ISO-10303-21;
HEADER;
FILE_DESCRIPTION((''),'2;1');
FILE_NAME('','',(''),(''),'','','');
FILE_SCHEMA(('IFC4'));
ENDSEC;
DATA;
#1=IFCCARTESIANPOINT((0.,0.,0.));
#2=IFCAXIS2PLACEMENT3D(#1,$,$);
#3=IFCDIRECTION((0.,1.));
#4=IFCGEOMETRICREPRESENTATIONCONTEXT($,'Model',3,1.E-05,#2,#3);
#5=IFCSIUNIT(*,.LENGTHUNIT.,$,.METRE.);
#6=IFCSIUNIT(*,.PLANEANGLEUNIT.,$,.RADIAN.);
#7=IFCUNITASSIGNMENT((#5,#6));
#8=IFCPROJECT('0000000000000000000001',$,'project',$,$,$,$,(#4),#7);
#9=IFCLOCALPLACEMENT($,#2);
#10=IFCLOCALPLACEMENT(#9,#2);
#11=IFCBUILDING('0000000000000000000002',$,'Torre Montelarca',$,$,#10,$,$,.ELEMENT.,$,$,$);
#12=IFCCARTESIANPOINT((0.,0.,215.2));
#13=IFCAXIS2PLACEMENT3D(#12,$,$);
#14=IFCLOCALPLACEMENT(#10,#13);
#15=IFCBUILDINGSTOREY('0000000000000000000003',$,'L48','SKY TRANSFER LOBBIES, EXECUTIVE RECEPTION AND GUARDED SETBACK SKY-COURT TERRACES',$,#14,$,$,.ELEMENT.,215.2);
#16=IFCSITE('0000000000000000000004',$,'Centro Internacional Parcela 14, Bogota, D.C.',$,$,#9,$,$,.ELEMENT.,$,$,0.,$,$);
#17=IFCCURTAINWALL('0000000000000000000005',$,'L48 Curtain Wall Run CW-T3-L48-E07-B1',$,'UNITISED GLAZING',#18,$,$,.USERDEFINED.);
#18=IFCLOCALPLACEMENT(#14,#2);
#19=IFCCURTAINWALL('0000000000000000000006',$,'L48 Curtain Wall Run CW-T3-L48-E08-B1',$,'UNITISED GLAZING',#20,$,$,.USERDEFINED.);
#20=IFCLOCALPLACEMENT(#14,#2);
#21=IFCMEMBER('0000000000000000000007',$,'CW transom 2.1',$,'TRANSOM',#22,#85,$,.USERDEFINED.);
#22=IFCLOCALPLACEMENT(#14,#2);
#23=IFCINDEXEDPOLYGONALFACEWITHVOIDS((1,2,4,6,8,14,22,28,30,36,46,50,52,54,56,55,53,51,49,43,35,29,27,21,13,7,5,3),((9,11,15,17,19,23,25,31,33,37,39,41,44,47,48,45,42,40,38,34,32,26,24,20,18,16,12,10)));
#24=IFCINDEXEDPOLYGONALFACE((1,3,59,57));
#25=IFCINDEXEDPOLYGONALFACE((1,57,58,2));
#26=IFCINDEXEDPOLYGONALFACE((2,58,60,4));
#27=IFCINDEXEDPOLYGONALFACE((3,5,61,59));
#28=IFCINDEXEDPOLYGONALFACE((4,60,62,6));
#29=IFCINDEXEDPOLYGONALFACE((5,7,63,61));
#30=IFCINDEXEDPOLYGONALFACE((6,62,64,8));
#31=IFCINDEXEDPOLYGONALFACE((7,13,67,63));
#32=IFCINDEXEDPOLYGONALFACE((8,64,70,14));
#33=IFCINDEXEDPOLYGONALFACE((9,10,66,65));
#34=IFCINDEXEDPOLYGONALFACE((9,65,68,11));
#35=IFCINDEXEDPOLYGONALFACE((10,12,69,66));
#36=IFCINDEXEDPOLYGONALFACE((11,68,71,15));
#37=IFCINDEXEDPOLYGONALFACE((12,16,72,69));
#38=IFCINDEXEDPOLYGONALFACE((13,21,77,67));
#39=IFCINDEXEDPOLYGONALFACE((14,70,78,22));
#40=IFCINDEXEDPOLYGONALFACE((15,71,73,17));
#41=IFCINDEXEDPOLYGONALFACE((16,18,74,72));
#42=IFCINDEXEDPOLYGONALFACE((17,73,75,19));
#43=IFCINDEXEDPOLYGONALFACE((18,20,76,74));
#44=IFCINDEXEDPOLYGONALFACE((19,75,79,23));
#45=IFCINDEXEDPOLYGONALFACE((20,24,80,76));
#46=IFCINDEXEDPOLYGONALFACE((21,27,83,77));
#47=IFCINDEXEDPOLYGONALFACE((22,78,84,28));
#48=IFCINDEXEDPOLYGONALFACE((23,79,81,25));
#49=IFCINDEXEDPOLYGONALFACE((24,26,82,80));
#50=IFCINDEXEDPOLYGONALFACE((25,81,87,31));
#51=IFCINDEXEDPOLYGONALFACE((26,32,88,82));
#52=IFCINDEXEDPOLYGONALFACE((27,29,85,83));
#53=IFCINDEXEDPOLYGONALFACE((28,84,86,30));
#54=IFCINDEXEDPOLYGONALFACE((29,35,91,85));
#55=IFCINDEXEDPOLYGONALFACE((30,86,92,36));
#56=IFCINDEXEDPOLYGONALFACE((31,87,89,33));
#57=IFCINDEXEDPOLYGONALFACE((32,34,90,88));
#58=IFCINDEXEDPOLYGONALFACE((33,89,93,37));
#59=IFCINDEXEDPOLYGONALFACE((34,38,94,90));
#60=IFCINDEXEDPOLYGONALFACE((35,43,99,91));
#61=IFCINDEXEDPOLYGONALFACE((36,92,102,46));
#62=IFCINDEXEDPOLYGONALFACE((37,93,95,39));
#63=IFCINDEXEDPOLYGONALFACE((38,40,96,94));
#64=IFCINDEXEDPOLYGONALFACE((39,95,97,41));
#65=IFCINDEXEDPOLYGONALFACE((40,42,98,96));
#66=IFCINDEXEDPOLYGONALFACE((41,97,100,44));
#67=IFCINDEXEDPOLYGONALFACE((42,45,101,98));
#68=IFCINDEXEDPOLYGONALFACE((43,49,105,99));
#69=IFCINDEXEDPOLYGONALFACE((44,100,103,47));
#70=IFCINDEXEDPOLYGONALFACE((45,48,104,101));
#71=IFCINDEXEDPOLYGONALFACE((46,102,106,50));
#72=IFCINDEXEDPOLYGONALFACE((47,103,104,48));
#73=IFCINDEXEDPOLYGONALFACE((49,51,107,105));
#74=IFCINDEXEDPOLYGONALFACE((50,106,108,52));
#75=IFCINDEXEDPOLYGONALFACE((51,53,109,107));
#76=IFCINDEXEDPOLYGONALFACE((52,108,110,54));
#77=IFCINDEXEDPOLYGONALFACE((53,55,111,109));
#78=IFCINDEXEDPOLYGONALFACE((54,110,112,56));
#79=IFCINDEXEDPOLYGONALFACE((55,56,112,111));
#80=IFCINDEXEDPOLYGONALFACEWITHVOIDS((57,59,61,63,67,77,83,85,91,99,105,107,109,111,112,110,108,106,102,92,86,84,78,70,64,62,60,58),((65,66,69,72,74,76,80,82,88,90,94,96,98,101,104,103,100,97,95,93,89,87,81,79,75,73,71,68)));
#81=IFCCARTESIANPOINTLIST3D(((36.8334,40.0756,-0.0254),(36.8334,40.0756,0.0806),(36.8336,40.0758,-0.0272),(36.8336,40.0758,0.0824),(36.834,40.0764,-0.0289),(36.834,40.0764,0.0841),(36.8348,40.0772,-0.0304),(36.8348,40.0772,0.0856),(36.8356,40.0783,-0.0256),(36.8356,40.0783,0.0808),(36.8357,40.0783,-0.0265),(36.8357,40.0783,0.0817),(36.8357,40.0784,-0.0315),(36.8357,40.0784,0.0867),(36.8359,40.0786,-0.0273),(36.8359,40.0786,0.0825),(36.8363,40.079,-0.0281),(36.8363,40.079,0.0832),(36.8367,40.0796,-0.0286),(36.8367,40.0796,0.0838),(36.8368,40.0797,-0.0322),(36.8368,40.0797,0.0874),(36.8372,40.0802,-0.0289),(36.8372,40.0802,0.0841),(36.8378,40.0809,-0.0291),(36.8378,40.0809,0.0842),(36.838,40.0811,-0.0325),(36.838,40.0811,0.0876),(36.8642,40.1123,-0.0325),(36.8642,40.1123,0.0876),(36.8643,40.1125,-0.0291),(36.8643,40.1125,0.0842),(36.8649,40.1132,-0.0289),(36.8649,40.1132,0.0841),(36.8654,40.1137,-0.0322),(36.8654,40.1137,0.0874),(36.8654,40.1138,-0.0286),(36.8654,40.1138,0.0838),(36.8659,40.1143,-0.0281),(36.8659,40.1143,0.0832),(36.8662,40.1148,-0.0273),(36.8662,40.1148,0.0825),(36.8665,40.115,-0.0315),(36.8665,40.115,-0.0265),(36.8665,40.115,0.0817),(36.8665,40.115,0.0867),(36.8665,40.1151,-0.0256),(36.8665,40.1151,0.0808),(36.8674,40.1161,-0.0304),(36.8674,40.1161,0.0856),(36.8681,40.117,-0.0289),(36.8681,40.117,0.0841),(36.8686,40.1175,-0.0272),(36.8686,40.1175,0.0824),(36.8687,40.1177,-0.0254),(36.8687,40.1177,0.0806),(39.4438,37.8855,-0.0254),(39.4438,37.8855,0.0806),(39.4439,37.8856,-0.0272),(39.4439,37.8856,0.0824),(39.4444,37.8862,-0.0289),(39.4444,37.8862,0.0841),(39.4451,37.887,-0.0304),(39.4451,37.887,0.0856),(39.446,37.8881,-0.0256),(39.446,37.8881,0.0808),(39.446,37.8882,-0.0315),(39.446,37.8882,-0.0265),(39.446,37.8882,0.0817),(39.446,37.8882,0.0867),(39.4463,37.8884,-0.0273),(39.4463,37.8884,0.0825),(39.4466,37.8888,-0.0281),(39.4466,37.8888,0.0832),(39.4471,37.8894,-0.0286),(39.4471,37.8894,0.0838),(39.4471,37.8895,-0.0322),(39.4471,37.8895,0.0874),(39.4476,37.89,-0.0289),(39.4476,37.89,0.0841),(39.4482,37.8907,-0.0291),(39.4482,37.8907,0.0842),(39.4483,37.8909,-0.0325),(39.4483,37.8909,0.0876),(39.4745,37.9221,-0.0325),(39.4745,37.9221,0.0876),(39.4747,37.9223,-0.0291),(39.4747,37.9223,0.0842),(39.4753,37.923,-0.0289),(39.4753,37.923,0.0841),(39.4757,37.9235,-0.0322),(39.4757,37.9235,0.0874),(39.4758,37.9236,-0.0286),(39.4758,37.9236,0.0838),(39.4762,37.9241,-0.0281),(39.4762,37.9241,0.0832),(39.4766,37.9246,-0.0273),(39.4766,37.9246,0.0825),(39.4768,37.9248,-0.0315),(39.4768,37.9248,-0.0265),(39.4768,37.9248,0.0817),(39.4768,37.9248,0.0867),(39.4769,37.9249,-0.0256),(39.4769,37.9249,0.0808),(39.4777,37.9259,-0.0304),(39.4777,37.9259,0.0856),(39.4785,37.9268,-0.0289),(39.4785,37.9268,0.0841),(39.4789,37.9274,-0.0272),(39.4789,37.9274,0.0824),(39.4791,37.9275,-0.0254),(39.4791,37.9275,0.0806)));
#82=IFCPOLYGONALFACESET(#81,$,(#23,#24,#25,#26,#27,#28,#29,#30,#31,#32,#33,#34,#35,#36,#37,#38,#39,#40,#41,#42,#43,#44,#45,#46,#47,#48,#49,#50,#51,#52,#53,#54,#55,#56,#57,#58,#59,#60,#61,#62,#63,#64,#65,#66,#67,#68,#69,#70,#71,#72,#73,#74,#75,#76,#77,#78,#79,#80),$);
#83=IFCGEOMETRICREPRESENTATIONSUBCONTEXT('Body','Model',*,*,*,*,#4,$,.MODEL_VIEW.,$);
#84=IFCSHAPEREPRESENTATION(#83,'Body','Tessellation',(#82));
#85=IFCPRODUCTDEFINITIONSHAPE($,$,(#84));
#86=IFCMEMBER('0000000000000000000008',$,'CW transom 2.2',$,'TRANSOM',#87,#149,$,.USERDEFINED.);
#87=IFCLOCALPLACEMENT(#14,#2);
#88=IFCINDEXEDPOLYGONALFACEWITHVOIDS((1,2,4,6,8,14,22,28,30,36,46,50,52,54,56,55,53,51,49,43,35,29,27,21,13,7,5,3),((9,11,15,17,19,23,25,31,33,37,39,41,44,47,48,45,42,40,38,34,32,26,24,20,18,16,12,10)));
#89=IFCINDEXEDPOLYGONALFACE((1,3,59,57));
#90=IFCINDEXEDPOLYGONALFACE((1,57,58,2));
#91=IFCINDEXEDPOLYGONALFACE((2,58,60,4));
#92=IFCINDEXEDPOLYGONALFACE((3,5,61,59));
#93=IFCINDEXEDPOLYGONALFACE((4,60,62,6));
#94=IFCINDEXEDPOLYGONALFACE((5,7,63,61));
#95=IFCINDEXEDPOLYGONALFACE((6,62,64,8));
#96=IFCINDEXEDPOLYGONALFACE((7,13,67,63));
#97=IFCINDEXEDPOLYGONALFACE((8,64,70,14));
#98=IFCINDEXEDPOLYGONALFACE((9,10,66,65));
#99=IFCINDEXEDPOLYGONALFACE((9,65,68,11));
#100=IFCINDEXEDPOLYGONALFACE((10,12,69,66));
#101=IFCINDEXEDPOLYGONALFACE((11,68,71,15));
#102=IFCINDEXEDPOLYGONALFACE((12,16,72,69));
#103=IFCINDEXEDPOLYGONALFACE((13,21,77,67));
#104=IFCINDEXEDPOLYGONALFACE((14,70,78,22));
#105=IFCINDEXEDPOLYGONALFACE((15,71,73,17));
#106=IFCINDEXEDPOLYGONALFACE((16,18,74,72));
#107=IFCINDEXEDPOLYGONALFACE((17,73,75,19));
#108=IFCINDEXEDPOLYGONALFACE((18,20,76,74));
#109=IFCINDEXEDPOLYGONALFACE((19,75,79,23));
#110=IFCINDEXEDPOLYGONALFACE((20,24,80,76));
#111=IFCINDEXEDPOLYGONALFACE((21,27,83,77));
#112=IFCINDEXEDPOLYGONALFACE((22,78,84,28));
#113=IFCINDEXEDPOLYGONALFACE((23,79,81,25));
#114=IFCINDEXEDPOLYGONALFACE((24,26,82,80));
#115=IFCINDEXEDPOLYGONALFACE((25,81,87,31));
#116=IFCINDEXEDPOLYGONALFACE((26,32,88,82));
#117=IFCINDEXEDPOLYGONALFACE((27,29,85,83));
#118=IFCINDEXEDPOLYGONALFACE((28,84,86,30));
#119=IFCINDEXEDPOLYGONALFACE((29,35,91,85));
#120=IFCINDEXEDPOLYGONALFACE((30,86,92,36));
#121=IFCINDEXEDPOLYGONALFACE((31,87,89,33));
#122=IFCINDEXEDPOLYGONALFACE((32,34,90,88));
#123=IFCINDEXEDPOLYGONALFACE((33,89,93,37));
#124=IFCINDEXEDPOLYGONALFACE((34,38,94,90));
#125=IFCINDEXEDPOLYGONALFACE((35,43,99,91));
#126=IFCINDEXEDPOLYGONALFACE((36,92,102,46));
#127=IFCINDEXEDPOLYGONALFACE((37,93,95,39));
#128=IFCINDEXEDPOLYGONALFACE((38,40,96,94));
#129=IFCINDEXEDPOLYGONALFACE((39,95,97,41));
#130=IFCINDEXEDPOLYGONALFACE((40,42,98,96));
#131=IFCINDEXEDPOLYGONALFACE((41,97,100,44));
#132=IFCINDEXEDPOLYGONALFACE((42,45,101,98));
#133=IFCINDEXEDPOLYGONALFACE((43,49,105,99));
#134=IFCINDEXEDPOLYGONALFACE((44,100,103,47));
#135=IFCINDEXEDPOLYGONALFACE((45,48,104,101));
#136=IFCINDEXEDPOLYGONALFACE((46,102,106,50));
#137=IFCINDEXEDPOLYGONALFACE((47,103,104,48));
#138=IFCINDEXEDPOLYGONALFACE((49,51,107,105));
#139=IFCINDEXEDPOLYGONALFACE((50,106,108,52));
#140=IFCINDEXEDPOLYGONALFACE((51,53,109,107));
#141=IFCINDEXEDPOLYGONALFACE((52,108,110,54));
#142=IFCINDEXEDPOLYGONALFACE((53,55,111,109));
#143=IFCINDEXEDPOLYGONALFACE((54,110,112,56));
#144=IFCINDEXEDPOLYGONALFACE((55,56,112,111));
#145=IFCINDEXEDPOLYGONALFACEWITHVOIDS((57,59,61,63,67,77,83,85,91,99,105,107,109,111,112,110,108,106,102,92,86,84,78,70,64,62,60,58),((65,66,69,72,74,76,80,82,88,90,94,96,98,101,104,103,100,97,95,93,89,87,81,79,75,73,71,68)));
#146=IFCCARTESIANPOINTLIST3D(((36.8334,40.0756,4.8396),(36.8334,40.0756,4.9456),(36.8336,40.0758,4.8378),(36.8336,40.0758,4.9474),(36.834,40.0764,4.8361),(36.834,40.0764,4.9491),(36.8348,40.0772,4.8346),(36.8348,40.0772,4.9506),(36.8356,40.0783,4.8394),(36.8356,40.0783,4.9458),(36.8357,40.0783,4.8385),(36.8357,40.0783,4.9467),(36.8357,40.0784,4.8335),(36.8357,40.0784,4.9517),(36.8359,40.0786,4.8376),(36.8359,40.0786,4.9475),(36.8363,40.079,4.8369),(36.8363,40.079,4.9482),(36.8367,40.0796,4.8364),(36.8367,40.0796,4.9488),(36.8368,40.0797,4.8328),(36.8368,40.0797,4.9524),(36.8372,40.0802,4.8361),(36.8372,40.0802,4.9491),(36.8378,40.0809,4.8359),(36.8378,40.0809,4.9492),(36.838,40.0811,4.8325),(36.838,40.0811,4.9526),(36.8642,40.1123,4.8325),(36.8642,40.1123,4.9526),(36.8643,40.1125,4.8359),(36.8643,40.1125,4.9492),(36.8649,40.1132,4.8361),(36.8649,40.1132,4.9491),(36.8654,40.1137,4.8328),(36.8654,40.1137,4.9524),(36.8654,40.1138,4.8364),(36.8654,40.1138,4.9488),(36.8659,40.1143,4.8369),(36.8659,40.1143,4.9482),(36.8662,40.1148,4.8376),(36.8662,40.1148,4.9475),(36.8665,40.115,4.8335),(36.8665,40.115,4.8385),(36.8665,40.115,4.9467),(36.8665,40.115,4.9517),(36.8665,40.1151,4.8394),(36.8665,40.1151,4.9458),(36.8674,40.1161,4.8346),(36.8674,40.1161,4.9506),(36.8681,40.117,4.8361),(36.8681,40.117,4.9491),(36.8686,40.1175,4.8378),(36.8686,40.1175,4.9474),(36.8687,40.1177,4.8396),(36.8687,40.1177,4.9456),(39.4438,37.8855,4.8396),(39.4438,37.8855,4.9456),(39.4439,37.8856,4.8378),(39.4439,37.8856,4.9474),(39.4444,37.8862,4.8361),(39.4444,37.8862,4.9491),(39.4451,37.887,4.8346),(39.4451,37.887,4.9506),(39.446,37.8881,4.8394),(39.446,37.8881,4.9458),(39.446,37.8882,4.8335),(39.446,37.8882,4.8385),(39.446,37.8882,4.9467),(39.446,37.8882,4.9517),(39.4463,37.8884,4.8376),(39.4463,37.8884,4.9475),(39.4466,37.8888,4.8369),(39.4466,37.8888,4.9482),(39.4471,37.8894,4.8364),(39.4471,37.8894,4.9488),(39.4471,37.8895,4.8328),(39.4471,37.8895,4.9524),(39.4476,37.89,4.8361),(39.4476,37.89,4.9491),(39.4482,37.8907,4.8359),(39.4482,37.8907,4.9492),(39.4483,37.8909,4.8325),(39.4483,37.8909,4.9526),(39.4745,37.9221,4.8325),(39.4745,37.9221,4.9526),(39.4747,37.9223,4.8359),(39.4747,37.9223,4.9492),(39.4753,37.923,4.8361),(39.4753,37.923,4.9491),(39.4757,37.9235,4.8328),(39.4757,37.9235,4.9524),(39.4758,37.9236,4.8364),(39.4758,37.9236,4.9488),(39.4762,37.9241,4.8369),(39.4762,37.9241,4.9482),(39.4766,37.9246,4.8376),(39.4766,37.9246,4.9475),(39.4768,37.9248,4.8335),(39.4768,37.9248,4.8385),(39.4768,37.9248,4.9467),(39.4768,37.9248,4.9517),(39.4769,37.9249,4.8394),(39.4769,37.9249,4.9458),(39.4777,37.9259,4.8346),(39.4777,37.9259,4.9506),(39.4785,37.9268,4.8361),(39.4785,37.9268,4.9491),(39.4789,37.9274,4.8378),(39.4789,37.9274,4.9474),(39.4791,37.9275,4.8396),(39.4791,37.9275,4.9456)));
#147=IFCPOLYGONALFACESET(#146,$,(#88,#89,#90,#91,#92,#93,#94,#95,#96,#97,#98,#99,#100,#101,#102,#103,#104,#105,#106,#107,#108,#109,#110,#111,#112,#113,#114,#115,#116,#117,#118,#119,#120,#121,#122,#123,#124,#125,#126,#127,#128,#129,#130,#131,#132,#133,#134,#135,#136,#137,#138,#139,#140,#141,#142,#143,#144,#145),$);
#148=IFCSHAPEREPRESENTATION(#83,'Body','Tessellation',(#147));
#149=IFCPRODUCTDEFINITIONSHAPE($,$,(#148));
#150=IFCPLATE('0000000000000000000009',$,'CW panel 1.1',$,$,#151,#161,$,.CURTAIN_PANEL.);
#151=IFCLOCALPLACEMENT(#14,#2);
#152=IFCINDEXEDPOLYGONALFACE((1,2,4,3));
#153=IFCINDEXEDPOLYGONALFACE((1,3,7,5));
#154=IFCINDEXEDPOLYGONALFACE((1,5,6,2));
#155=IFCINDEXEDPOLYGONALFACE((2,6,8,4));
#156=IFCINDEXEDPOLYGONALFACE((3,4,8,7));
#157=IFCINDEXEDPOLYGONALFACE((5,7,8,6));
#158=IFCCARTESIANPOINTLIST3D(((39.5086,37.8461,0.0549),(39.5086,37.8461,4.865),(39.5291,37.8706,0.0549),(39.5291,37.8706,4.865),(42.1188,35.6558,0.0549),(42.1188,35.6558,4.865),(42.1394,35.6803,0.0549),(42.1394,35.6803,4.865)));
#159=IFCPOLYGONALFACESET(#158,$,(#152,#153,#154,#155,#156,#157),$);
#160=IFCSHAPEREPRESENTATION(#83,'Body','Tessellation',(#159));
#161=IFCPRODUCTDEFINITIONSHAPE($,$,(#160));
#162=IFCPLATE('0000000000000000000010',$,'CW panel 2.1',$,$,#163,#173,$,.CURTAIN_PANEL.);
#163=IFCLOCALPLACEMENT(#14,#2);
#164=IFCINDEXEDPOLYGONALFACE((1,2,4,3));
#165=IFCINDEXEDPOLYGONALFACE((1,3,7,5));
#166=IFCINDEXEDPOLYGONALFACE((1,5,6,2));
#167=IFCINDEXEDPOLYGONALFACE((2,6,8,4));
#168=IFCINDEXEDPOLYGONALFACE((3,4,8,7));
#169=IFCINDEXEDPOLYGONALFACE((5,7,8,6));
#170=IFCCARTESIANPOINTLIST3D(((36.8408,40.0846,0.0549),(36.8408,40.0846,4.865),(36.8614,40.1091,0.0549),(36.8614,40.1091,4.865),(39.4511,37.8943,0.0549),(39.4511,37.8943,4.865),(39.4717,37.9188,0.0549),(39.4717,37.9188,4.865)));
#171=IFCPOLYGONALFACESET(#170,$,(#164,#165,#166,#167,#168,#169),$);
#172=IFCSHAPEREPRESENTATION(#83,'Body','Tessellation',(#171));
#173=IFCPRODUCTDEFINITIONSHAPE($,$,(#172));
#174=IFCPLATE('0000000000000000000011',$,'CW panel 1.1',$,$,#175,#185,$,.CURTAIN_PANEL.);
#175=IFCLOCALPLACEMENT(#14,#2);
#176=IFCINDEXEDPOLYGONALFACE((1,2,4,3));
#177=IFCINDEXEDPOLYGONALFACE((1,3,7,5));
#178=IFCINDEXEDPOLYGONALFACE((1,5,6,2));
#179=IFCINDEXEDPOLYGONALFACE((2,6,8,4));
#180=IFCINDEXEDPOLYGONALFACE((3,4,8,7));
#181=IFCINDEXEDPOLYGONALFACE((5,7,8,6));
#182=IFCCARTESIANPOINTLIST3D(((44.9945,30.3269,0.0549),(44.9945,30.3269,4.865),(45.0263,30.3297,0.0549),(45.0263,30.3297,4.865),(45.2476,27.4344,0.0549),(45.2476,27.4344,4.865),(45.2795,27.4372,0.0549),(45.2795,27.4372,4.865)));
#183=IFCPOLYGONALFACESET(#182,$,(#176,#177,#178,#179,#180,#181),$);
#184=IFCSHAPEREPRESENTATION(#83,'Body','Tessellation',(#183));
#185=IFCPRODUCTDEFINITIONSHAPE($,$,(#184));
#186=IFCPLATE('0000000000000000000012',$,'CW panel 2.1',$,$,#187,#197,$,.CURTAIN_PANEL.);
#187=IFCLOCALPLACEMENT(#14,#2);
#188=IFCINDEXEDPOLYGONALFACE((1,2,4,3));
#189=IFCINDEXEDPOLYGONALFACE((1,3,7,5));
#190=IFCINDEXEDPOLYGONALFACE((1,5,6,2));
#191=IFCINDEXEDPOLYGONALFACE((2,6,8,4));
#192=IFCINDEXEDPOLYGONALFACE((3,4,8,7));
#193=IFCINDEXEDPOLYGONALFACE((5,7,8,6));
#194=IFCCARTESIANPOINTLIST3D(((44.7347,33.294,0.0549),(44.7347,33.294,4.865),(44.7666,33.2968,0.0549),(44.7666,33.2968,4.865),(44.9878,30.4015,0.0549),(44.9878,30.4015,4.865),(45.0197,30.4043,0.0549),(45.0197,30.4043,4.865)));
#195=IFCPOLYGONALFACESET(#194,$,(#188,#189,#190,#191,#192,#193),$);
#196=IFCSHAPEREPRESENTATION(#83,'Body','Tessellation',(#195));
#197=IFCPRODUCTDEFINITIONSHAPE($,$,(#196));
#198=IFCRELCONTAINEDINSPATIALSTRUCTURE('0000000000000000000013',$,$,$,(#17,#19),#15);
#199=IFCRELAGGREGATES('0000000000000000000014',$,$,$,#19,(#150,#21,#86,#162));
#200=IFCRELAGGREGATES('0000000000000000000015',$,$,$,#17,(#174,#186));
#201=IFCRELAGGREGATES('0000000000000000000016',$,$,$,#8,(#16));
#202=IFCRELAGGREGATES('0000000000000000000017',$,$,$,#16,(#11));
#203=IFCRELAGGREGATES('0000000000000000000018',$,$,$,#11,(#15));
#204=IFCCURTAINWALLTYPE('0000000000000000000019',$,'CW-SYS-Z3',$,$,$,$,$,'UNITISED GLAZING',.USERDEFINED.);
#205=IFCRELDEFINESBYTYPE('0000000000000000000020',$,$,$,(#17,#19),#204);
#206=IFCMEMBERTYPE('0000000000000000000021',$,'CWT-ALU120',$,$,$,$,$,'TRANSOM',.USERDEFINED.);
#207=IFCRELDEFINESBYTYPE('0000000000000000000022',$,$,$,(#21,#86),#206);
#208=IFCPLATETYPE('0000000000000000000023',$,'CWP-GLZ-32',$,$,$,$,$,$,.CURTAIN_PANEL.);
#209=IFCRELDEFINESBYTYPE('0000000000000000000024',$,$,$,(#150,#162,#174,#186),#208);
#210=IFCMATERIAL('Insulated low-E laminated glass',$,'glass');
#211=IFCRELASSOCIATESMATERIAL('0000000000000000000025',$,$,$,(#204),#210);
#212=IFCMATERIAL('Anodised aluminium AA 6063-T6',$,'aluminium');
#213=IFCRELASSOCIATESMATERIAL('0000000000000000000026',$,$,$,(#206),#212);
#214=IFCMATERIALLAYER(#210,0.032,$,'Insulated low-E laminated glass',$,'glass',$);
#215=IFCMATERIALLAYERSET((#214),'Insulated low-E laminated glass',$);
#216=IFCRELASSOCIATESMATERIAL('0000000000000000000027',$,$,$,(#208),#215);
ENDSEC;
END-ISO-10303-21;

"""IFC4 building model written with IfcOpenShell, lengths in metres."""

from ifc_helpers import new_model, si_unit, direction, frame, origin, origin_2d, place, context, subcontext, project, spatial, rectangle, hollow_rectangle, extrude, source, transform, mapped, material, layer, layer_set, material_profile, profile_set, type_object, element, aggregate, save


model = new_model("IFC4")

# Units and contexts
model_context = context("Model", 3, precision=1e-05, world=origin(), true_north=direction((0.0, 1.0)))
body_context = subcontext(model_context, "Body", "Model", "MODEL_VIEW")
ifc_project = project(units=[si_unit("LENGTHUNIT", "METRE"), si_unit("PLANEANGLEUNIT", "RADIAN")], contexts=[model_context])

# Site, building, storey
site_placement = place(None, origin())
site = spatial("IfcSite", under=ifc_project, at=site_placement, Name="Centro Internacional Parcela 14, Bogota, D.C.", CompositionType="ELEMENT", RefElevation=0.0)
building_placement = place(site_placement, origin())
building = spatial("IfcBuilding", under=site, at=building_placement, Name="Torre Montelarca", CompositionType="ELEMENT")
storey_placement = place(building_placement, frame((0.0, 0.0, 215.2)))
storey = spatial("IfcBuildingStorey", under=building, at=storey_placement, Name="L48", Description="SKY TRANSFER LOBBIES, EXECUTIVE RECEPTION AND GUARDED SETBACK SKY-COURT TERRACES", CompositionType="ELEMENT", Elevation=215.2)

# Curtain walls
ifc_material_1 = material(Name="Insulated low-E laminated glass", Category="glass")
curtain_wall_type = type_object("IfcCurtainWallType", Name="CW-SYS-Z3", ElementType="UNITISED GLAZING", PredefinedType="USERDEFINED", material=ifc_material_1)
curtain_wall_1_placement = place(storey_placement, origin())
curtain_wall_1 = element("IfcCurtainWall", 1, at=curtain_wall_1_placement, inside=storey, type_object=curtain_wall_type, Name="L48 Curtain Wall Run CW-T3-L48-E07-B1", ObjectType="UNITISED GLAZING", PredefinedType="USERDEFINED")
ifc_material_2 = material(Name="Anodised aluminium AA 6063-T6", Category="aluminium")
curtain_wall_2_placement = place(storey_placement, origin())
curtain_wall_2 = element("IfcCurtainWall", 2, at=curtain_wall_2_placement, inside=storey, type_object=curtain_wall_type, Name="L48 Curtain Wall Run CW-T3-L48-E08-B1", ObjectType="UNITISED GLAZING", PredefinedType="USERDEFINED")
ifc_material_profile_1 = material_profile(ifc_material_2, hollow_rectangle(XDim=0.0549, YDim=0.1201, WallThickness=0.0034, InnerFilletRadius=0.0034, OuterFilletRadius=0.0071, at=origin_2d()), Name="ALU55X120X3.5", Category="aluminium")
ifc_profile_set_1 = profile_set([ifc_material_profile_1], Name="Anodised aluminium AA 6063-T6")
member_type_1 = type_object("IfcMemberType", Name="CWT-ALU120", ElementType="TRANSOM", PredefinedType="USERDEFINED", material=ifc_profile_set_1)

# Members
shared_shape_1 = source(origin(), body_context, "Body", "SweptSolid", [
    extrude(hollow_rectangle(XDim=0.0549, YDim=0.1201, WallThickness=0.0034, InnerFilletRadius=0.0034, OuterFilletRadius=0.0071, at=origin_2d()), origin(), (0.0, 0.0, 1.0), 3.4075),
])
member_1_placement = place(storey_placement, frame((39.4614, 37.9065, 0.0276), z_axis=(-0.766067, 0.64276, 0.0), x_axis=(-0.64276, -0.766067, 0.0)))
member_1 = element("IfcMember", 3, at=member_1_placement, type_object=member_type_1, Name="CW transom 2.1", ObjectType="TRANSOM", PredefinedType="USERDEFINED", context=body_context, shape_type="MappedRepresentation", body=[
    mapped(shared_shape_1, transform((0.0, 0.0, 0.0), scale=1.0)),
])
member_2_placement = place(storey_placement, frame((39.4614, 37.9065, 4.8926), z_axis=(-0.766067, 0.64276, 0.0), x_axis=(-0.64276, -0.766067, 0.0)))
member_2 = element("IfcMember", 4, at=member_2_placement, type_object=member_type_1, Name="CW transom 2.2", ObjectType="TRANSOM", PredefinedType="USERDEFINED", context=body_context, shape_type="MappedRepresentation", body=[
    mapped(shared_shape_1, transform((0.0, 0.0, 0.0), scale=1.0)),
])

# Plates
ifc_layer_1 = layer(ifc_material_1, 0.032, Name="Insulated low-E laminated glass", Category="glass")
ifc_layer_set_1 = layer_set([ifc_layer_1], Name="Insulated low-E laminated glass")
plate_type = type_object("IfcPlateType", Name="CWP-GLZ-32", PredefinedType="CURTAIN_PANEL", material=ifc_layer_set_1)
shared_shape_2 = source(origin(), body_context, "Body", "SweptSolid", [
    extrude(rectangle(XDim=3.4075, YDim=0.032, at=origin_2d()), origin(), (0.0, 0.0, 1.0), 4.8101),
])
plate_1_placement = place(storey_placement, frame((40.824, 36.7632, 0.0549), z_axis=(0.0, 0.0, 1.0), x_axis=(-0.766043, 0.642789, 0.0)))
plate_1 = element("IfcPlate", 5, at=plate_1_placement, type_object=plate_type, Name="CW panel 1.1", PredefinedType="CURTAIN_PANEL", context=body_context, shape_type="MappedRepresentation", body=[
    mapped(shared_shape_2, transform((0.0, 0.0, 0.0), scale=1.0)),
])
plate_2_placement = place(storey_placement, frame((38.1562, 39.0017, 0.0549), z_axis=(0.0, 0.0, 1.0), x_axis=(-0.766043, 0.642789, 0.0)))
plate_2 = element("IfcPlate", 6, at=plate_2_placement, type_object=plate_type, Name="CW panel 2.1", PredefinedType="CURTAIN_PANEL", context=body_context, shape_type="MappedRepresentation", body=[
    mapped(shared_shape_2, transform((0.0, 0.0, 0.0), scale=1.0)),
])
aggregate(curtain_wall_2, [plate_1, member_1, member_2, plate_2])
shared_shape_3 = source(origin(), body_context, "Body", "SweptSolid", [
    extrude(rectangle(XDim=2.9036, YDim=0.032, at=origin_2d()), origin(), (0.0, 0.0, 1.0), 4.8101),
])
plate_3_placement = place(storey_placement, frame((45.137, 28.8821, 0.0549), z_axis=(0.0, 0.0, 1.0), x_axis=(-0.087183, 0.996192, 0.0)))
plate_3 = element("IfcPlate", 7, at=plate_3_placement, type_object=plate_type, Name="CW panel 1.1", PredefinedType="CURTAIN_PANEL", context=body_context, shape_type="MappedRepresentation", body=[
    mapped(shared_shape_3, transform((0.0, 0.0, 0.0), scale=1.0)),
])
plate_4_placement = place(storey_placement, frame((44.8772, 31.8491, 0.0549), z_axis=(0.0, 0.0, 1.0), x_axis=(-0.087183, 0.996192, 0.0)))
plate_4 = element("IfcPlate", 8, at=plate_4_placement, type_object=plate_type, Name="CW panel 2.1", PredefinedType="CURTAIN_PANEL", context=body_context, shape_type="MappedRepresentation", body=[
    mapped(shared_shape_3, transform((0.0, 0.0, 0.0), scale=1.0)),
])
aggregate(curtain_wall_1, [plate_3, plate_4])

save(model, "model.ifc")
